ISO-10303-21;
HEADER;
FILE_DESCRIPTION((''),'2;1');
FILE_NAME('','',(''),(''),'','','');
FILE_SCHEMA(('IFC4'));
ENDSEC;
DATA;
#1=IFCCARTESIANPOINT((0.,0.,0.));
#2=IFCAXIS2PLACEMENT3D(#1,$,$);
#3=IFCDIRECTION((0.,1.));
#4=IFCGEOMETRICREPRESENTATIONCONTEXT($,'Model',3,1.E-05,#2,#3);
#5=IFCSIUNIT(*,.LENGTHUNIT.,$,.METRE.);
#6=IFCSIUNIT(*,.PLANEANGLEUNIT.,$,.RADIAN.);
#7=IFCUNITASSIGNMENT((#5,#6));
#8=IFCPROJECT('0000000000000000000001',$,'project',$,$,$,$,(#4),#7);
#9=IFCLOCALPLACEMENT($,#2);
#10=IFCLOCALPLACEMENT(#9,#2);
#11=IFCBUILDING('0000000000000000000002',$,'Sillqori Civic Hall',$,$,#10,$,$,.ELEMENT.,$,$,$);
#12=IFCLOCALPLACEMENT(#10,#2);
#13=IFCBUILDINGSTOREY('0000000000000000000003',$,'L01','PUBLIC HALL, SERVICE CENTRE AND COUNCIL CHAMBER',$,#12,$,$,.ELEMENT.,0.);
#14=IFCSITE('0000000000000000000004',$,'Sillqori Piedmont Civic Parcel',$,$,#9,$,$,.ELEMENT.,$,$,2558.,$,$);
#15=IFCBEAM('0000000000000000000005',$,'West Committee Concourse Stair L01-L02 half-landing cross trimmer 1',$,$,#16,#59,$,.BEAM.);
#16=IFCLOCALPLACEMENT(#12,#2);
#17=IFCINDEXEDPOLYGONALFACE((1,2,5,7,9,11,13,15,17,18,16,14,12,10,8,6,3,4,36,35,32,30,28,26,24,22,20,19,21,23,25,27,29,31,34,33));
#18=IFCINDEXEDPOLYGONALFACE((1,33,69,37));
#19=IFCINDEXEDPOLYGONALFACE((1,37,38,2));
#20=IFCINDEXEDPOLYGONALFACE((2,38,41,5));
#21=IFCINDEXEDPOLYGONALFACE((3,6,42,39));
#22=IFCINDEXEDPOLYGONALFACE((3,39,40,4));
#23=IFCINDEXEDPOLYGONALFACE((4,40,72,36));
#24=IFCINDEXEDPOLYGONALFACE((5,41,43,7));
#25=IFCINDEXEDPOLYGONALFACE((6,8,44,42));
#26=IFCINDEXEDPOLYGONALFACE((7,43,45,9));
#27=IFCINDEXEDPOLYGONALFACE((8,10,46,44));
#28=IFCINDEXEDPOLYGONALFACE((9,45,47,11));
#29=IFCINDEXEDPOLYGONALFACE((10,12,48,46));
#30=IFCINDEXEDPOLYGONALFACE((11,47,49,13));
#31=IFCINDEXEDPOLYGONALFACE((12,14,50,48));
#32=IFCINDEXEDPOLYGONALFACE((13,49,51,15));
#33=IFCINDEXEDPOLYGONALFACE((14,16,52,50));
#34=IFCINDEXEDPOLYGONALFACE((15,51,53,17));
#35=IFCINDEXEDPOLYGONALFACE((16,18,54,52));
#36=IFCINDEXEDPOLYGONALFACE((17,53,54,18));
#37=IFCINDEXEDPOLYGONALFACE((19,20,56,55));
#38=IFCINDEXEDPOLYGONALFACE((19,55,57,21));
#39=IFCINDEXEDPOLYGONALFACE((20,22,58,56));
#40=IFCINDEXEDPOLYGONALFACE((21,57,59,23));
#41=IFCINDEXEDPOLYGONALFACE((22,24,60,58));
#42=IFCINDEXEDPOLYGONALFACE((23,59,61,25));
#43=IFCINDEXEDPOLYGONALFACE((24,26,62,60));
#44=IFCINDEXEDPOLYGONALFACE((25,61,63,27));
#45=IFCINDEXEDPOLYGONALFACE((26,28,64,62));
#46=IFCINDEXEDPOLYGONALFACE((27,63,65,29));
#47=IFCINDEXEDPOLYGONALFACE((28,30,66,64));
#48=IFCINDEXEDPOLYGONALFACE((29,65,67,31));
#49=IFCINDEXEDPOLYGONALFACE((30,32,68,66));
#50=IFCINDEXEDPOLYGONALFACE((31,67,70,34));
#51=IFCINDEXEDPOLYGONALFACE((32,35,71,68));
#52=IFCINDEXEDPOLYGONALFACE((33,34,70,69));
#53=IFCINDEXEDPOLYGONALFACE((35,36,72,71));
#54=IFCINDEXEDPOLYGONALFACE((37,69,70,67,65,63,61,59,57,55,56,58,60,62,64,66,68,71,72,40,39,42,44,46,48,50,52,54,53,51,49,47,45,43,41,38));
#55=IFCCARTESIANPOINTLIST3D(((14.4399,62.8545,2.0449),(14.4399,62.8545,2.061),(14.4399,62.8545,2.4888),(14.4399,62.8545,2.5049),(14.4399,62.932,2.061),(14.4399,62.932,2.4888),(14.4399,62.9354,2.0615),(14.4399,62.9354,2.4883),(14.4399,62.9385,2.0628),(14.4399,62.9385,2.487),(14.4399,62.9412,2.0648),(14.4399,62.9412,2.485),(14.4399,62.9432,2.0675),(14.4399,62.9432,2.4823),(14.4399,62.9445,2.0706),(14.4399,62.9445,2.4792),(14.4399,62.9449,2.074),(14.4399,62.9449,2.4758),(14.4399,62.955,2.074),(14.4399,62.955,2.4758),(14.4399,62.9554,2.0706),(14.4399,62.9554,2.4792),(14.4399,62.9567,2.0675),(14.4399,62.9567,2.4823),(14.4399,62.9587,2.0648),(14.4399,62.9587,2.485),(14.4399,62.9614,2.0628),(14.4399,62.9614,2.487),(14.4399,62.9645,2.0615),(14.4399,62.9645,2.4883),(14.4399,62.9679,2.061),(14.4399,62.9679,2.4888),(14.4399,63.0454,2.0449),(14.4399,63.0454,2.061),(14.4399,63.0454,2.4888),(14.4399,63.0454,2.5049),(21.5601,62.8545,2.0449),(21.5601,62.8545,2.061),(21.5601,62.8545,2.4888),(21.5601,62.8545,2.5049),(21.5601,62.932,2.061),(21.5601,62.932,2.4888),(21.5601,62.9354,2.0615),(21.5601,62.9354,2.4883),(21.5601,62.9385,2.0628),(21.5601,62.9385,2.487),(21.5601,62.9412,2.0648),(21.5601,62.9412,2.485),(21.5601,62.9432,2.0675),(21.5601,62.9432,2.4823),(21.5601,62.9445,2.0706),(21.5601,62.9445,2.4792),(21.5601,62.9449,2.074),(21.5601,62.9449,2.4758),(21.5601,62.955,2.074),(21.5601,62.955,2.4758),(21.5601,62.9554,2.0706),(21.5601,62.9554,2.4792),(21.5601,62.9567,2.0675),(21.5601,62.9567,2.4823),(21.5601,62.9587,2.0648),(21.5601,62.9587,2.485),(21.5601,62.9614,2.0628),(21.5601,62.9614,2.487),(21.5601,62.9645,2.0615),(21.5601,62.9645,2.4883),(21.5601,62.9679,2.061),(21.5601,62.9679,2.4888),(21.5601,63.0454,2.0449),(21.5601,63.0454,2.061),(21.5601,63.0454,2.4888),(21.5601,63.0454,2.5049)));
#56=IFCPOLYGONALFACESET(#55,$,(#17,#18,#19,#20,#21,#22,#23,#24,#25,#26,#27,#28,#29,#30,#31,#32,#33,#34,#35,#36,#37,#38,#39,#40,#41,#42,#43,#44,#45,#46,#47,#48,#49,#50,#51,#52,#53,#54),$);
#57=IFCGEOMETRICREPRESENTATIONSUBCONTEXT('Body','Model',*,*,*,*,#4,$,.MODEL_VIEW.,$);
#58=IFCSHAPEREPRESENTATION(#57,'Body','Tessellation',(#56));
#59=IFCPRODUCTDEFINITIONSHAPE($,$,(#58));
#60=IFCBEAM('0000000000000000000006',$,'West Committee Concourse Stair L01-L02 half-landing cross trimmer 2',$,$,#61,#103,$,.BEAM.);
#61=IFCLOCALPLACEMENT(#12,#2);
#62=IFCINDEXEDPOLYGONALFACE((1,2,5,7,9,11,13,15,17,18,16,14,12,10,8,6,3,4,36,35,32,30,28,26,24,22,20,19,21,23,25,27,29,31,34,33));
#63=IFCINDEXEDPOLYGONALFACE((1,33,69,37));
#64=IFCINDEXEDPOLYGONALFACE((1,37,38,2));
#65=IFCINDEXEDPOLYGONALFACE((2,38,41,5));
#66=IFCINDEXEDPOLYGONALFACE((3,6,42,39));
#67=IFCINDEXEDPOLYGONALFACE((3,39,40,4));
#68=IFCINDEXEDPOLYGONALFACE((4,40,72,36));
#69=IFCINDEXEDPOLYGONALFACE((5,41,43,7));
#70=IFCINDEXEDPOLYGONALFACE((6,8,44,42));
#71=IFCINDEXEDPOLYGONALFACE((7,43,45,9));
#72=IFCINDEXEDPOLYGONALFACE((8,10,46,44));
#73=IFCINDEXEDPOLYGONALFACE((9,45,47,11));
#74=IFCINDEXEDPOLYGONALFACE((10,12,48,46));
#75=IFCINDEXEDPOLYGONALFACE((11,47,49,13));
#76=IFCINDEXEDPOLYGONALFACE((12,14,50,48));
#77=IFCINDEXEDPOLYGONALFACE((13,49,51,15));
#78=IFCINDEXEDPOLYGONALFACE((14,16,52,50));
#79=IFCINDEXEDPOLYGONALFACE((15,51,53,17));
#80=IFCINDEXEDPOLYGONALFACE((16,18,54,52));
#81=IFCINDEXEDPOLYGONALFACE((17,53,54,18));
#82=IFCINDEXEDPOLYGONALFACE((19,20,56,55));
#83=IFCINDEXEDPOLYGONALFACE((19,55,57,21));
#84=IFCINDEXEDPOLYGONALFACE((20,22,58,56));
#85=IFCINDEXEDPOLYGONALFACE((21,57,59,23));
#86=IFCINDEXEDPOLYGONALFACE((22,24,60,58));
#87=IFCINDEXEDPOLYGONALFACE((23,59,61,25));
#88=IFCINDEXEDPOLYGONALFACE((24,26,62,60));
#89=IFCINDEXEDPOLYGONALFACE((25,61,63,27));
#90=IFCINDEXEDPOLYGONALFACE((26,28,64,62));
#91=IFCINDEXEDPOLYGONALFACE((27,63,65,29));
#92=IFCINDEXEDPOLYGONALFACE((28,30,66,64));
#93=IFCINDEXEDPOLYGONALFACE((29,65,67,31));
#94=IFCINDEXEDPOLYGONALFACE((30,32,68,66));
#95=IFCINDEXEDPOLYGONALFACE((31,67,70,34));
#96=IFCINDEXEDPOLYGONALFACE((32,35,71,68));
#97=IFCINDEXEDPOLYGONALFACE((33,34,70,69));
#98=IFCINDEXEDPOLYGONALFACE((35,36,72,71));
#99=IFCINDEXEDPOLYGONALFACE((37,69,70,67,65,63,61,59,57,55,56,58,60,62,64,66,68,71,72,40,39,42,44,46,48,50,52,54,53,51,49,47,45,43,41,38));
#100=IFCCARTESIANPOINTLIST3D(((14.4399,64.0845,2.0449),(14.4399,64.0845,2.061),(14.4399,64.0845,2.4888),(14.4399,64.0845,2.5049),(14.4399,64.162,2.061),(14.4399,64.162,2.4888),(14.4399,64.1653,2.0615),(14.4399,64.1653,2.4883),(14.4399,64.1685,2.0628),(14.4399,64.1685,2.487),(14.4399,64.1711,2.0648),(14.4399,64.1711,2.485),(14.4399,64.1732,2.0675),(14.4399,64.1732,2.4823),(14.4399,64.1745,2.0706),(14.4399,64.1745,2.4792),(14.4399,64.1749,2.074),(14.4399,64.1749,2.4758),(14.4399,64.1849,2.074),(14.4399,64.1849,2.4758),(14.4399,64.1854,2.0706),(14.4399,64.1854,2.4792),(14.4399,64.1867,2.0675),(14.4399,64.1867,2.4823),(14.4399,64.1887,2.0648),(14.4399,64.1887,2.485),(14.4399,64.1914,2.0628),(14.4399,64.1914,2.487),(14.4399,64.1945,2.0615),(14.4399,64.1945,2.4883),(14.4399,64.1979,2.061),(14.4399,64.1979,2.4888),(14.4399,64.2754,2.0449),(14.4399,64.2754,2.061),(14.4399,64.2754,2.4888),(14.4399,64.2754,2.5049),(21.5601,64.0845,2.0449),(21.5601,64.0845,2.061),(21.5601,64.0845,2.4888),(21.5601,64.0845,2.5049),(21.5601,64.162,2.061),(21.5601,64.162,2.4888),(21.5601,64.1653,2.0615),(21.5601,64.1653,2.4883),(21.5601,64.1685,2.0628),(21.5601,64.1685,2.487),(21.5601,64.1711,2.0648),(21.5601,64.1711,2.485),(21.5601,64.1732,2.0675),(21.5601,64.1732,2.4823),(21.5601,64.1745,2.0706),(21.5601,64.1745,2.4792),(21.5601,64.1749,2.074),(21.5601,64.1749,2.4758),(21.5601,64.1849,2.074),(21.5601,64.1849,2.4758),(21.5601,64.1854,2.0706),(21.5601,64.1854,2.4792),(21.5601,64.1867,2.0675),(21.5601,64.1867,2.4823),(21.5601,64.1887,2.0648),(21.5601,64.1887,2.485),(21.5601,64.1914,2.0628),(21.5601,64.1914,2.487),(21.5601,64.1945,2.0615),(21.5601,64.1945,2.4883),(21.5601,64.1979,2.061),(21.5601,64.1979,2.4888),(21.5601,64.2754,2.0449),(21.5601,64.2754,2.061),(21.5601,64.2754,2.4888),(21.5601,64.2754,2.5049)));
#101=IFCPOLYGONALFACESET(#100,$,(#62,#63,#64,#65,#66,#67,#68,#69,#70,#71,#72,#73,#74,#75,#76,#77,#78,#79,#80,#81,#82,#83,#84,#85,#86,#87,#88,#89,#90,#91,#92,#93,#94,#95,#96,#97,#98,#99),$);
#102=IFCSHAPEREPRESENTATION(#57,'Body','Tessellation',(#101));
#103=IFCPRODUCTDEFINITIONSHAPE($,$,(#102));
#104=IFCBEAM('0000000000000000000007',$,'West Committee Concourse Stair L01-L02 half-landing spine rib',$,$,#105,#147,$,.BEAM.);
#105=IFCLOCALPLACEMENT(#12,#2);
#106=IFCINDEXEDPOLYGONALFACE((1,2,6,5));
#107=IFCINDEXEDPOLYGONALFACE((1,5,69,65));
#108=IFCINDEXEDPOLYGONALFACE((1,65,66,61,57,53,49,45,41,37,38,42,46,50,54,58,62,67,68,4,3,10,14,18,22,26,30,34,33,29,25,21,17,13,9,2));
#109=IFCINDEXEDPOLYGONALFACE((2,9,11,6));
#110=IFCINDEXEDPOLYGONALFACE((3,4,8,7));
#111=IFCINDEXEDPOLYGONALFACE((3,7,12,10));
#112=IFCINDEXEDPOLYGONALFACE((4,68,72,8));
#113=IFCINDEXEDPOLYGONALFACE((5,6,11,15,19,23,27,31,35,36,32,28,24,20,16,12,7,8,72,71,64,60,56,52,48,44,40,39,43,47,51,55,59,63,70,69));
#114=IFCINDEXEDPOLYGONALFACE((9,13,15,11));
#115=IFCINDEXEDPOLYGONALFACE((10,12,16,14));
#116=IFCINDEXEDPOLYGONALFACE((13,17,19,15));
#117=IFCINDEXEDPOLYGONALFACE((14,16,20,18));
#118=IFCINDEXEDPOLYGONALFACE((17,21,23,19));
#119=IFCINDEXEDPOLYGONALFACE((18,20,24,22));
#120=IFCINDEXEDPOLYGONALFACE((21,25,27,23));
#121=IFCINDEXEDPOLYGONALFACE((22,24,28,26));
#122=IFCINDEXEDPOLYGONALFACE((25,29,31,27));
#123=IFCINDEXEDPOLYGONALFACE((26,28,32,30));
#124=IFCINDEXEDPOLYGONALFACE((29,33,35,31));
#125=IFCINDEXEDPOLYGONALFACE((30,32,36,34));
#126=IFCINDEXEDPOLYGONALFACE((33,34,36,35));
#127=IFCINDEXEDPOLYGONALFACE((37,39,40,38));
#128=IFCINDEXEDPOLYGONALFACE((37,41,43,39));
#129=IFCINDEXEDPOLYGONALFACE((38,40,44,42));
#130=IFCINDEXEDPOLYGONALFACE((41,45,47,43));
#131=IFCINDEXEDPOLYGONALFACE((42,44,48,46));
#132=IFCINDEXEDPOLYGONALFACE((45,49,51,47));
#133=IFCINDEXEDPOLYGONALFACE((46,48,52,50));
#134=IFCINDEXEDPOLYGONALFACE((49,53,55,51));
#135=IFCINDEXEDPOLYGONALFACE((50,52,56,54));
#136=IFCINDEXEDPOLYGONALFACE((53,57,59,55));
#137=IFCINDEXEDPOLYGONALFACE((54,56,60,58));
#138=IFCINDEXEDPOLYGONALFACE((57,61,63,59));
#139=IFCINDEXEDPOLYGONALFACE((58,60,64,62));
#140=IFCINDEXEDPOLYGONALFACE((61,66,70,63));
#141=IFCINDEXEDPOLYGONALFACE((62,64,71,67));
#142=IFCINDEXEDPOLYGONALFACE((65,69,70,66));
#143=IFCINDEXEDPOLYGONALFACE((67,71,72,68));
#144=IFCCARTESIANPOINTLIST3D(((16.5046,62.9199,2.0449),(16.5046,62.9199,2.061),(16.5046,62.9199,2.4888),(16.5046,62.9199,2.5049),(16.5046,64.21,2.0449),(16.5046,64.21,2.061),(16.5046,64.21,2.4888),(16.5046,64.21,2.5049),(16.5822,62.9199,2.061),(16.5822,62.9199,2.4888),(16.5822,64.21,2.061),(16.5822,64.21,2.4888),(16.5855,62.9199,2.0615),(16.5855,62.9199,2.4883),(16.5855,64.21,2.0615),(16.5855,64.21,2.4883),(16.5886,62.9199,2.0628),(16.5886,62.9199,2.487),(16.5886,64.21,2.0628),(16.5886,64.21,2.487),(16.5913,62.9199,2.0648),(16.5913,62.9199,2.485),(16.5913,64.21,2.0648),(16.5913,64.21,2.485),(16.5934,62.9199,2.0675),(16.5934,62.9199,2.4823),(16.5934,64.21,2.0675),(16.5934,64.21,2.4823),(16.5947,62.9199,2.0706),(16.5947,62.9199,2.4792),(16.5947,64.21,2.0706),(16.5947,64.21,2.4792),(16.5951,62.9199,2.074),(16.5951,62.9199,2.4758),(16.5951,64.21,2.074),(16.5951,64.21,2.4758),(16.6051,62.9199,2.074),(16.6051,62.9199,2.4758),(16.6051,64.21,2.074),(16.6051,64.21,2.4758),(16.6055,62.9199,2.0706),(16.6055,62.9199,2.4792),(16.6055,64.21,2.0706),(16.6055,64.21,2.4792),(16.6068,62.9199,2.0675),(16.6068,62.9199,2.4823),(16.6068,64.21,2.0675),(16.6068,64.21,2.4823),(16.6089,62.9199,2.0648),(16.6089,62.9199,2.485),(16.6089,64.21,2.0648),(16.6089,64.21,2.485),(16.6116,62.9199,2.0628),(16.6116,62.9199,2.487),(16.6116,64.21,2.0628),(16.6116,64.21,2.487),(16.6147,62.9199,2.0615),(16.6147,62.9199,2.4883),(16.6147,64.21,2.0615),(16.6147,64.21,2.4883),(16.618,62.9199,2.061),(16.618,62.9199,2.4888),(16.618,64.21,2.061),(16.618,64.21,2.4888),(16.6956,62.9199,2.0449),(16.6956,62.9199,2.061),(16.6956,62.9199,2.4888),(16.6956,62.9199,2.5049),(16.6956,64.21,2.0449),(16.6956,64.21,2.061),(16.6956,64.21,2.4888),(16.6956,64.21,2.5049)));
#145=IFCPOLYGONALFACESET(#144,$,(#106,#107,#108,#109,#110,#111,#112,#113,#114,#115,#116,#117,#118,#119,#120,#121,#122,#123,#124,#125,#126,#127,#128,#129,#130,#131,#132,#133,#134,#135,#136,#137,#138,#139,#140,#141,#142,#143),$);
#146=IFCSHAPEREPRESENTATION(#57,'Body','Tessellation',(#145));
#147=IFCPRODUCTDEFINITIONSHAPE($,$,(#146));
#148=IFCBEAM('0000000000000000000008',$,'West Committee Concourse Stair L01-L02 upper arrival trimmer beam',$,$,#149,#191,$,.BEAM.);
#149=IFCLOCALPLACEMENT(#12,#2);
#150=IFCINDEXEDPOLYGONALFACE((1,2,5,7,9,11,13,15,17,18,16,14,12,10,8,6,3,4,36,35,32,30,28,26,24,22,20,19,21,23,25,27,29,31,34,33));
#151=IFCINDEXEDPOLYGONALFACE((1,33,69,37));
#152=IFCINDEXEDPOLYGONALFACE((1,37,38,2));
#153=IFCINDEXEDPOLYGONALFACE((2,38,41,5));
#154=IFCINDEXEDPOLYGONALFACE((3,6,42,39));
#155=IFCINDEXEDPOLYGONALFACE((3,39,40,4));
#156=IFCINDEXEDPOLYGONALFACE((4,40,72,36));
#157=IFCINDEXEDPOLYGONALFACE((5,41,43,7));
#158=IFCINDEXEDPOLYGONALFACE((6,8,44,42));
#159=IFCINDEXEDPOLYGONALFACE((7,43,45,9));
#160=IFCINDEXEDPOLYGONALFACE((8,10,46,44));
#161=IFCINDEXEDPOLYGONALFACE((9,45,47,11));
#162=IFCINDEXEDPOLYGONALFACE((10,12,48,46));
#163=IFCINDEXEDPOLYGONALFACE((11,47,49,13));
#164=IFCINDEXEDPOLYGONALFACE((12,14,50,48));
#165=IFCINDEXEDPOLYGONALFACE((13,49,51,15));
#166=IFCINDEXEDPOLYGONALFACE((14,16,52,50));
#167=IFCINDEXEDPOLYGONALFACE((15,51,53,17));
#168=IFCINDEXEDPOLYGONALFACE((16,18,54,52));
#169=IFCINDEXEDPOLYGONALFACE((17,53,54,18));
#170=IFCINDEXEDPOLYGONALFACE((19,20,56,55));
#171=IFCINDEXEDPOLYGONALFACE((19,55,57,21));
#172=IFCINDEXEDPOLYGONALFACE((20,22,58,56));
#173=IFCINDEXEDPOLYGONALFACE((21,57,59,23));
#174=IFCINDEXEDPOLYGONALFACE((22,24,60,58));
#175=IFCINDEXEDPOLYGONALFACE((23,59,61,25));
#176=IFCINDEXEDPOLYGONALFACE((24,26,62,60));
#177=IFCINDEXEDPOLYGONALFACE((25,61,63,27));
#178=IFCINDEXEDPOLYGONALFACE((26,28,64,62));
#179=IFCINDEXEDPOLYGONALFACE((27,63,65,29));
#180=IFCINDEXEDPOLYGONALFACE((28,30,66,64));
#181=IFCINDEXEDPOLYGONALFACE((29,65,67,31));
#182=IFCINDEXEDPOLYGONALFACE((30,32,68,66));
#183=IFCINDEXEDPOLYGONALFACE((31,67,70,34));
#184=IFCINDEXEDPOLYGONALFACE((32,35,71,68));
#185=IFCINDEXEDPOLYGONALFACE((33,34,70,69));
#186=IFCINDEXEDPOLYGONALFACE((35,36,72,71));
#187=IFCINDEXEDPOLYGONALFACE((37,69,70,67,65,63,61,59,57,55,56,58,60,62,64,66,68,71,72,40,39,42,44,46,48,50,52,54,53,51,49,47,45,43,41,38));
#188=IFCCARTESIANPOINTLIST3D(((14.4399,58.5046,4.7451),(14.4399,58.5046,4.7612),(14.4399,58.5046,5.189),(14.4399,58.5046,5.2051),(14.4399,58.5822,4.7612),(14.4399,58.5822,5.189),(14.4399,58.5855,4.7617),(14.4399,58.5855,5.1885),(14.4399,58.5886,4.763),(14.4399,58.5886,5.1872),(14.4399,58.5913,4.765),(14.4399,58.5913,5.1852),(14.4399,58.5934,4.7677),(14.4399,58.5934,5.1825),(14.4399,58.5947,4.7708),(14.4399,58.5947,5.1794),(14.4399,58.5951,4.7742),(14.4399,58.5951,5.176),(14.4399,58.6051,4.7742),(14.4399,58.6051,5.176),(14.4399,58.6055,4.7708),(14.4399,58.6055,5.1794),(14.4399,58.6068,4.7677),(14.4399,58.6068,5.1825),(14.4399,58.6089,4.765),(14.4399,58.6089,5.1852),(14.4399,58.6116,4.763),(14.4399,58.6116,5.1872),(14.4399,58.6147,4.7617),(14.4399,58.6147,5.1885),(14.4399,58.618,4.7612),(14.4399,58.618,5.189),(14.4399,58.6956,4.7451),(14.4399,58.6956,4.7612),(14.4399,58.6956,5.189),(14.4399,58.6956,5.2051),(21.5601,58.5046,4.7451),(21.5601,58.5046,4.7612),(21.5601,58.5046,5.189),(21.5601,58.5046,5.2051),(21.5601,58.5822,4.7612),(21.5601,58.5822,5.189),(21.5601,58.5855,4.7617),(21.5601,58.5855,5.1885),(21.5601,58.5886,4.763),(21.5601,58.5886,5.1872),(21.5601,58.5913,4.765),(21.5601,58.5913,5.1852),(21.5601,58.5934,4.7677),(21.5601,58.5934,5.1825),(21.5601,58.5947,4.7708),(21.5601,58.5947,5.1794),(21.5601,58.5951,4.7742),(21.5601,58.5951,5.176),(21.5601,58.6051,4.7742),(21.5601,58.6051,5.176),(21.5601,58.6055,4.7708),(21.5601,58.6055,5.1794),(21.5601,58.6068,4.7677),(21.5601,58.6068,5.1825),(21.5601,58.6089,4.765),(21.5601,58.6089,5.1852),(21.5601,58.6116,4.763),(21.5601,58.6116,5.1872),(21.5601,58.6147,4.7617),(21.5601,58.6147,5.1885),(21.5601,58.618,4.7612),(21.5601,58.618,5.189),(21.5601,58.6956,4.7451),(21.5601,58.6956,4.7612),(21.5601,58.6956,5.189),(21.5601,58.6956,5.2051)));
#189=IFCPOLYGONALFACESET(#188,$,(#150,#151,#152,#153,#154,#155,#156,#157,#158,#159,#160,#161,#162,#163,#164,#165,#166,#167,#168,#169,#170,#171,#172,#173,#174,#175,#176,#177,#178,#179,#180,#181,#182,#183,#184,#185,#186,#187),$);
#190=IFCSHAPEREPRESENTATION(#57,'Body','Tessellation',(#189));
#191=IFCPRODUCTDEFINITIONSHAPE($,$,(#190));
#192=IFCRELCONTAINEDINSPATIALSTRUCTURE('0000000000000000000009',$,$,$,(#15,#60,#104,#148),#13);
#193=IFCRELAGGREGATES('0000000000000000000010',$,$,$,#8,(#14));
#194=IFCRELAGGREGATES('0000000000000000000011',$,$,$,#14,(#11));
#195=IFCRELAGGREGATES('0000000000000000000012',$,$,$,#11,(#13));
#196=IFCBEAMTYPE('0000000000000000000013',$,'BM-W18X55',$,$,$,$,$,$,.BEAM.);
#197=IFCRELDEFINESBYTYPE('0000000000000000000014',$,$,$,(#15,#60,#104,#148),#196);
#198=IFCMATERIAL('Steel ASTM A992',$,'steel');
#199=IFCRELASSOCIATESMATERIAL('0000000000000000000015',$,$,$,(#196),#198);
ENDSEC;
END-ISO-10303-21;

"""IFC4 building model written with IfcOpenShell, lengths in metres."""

from ifc_helpers import new_model, si_unit, direction, frame, origin, origin_2d, place, context, subcontext, project, spatial, i_section, extrude, material, material_profile, profile_set, type_object, element, save


model = new_model("IFC4")

# Units and contexts
model_context = context("Model", 3, precision=1e-05, world=origin(), true_north=direction((0.0, 1.0)))
body_context = subcontext(model_context, "Body", "Model", "MODEL_VIEW")
ifc_project = project(units=[si_unit("LENGTHUNIT", "METRE"), si_unit("PLANEANGLEUNIT", "RADIAN")], contexts=[model_context])

# Site, building, storey
site_placement = place(None, origin())
site = spatial("IfcSite", under=ifc_project, at=site_placement, Name="Sillqori Piedmont Civic Parcel", CompositionType="ELEMENT", RefElevation=2558.0)
building_placement = place(site_placement, origin())
building = spatial("IfcBuilding", under=site, at=building_placement, Name="Sillqori Civic Hall", CompositionType="ELEMENT")
storey_placement = place(building_placement, origin())
storey = spatial("IfcBuildingStorey", under=building, at=storey_placement, Name="L01", Description="PUBLIC HALL, SERVICE CENTRE AND COUNCIL CHAMBER", CompositionType="ELEMENT", Elevation=0.0)

# Shared definitions
ifc_material_1 = material(Name="Steel ASTM A992", Category="steel")

# Beams
ifc_material_profile_1 = material_profile(ifc_material_1, i_section(OverallWidth=0.1909, OverallDepth=0.46, WebThickness=0.01, FlangeThickness=0.0161, FilletRadius=0.0129, at=origin_2d()), Name="W18X55")
ifc_profile_set_1 = profile_set([ifc_material_profile_1], Name="Steel ASTM A992")
beam_type_1 = type_object("IfcBeamType", Name="BM-W18X55", PredefinedType="BEAM", material=ifc_profile_set_1)
for number, where, z_axis, x_axis, name in (
    (1, (14.4399, 62.95, 2.2749), (1.0, 0.0, 0.0), (0.0, 1.0, 0.0), "West Committee Concourse Stair L01-L02 half-landing cross trimmer 1"),
    (2, (14.4399, 64.1799, 2.2749), (1.0, 0.0, 0.0), (0.0, 1.0, 0.0), "West Committee Concourse Stair L01-L02 half-landing cross trimmer 2"),
):
    element("IfcBeam", number, at=place(storey_placement, frame(where, z_axis=z_axis, x_axis=x_axis)), inside=storey, type_object=beam_type_1, Name=name, PredefinedType="BEAM", context=body_context, shape_type="SweptSolid", body=[
        extrude(i_section(OverallWidth=0.1909, OverallDepth=0.46, WebThickness=0.01, FlangeThickness=0.0161, FilletRadius=0.0129, at=origin_2d()), origin(), (0.0, 0.0, 1.0), 7.1201),
    ])
beam_1_placement = place(storey_placement, frame((16.6001, 62.9199, 2.2749), z_axis=(0.0, 1.0, 0.0), x_axis=(-1.0, 0.0, 0.0)))
element("IfcBeam", 3, at=beam_1_placement, inside=storey, type_object=beam_type_1, Name="West Committee Concourse Stair L01-L02 half-landing spine rib", PredefinedType="BEAM", context=body_context, shape_type="SweptSolid", body=[
    extrude(i_section(OverallWidth=0.1909, OverallDepth=0.46, WebThickness=0.01, FlangeThickness=0.0161, FilletRadius=0.0129, at=origin_2d()), origin(), (0.0, 0.0, 1.0), 1.29),
])
beam_2_placement = place(storey_placement, frame((14.4399, 58.6001, 4.9751), z_axis=(1.0, 0.0, 0.0), x_axis=(0.0, 1.0, 0.0)))
element("IfcBeam", 4, at=beam_2_placement, inside=storey, type_object=beam_type_1, Name="West Committee Concourse Stair L01-L02 upper arrival trimmer beam", PredefinedType="BEAM", context=body_context, shape_type="SweptSolid", body=[
    extrude(i_section(OverallWidth=0.1909, OverallDepth=0.46, WebThickness=0.01, FlangeThickness=0.0161, FilletRadius=0.0129, at=origin_2d()), origin(), (0.0, 0.0, 1.0), 7.1201),
])

save(model, "model.ifc")
